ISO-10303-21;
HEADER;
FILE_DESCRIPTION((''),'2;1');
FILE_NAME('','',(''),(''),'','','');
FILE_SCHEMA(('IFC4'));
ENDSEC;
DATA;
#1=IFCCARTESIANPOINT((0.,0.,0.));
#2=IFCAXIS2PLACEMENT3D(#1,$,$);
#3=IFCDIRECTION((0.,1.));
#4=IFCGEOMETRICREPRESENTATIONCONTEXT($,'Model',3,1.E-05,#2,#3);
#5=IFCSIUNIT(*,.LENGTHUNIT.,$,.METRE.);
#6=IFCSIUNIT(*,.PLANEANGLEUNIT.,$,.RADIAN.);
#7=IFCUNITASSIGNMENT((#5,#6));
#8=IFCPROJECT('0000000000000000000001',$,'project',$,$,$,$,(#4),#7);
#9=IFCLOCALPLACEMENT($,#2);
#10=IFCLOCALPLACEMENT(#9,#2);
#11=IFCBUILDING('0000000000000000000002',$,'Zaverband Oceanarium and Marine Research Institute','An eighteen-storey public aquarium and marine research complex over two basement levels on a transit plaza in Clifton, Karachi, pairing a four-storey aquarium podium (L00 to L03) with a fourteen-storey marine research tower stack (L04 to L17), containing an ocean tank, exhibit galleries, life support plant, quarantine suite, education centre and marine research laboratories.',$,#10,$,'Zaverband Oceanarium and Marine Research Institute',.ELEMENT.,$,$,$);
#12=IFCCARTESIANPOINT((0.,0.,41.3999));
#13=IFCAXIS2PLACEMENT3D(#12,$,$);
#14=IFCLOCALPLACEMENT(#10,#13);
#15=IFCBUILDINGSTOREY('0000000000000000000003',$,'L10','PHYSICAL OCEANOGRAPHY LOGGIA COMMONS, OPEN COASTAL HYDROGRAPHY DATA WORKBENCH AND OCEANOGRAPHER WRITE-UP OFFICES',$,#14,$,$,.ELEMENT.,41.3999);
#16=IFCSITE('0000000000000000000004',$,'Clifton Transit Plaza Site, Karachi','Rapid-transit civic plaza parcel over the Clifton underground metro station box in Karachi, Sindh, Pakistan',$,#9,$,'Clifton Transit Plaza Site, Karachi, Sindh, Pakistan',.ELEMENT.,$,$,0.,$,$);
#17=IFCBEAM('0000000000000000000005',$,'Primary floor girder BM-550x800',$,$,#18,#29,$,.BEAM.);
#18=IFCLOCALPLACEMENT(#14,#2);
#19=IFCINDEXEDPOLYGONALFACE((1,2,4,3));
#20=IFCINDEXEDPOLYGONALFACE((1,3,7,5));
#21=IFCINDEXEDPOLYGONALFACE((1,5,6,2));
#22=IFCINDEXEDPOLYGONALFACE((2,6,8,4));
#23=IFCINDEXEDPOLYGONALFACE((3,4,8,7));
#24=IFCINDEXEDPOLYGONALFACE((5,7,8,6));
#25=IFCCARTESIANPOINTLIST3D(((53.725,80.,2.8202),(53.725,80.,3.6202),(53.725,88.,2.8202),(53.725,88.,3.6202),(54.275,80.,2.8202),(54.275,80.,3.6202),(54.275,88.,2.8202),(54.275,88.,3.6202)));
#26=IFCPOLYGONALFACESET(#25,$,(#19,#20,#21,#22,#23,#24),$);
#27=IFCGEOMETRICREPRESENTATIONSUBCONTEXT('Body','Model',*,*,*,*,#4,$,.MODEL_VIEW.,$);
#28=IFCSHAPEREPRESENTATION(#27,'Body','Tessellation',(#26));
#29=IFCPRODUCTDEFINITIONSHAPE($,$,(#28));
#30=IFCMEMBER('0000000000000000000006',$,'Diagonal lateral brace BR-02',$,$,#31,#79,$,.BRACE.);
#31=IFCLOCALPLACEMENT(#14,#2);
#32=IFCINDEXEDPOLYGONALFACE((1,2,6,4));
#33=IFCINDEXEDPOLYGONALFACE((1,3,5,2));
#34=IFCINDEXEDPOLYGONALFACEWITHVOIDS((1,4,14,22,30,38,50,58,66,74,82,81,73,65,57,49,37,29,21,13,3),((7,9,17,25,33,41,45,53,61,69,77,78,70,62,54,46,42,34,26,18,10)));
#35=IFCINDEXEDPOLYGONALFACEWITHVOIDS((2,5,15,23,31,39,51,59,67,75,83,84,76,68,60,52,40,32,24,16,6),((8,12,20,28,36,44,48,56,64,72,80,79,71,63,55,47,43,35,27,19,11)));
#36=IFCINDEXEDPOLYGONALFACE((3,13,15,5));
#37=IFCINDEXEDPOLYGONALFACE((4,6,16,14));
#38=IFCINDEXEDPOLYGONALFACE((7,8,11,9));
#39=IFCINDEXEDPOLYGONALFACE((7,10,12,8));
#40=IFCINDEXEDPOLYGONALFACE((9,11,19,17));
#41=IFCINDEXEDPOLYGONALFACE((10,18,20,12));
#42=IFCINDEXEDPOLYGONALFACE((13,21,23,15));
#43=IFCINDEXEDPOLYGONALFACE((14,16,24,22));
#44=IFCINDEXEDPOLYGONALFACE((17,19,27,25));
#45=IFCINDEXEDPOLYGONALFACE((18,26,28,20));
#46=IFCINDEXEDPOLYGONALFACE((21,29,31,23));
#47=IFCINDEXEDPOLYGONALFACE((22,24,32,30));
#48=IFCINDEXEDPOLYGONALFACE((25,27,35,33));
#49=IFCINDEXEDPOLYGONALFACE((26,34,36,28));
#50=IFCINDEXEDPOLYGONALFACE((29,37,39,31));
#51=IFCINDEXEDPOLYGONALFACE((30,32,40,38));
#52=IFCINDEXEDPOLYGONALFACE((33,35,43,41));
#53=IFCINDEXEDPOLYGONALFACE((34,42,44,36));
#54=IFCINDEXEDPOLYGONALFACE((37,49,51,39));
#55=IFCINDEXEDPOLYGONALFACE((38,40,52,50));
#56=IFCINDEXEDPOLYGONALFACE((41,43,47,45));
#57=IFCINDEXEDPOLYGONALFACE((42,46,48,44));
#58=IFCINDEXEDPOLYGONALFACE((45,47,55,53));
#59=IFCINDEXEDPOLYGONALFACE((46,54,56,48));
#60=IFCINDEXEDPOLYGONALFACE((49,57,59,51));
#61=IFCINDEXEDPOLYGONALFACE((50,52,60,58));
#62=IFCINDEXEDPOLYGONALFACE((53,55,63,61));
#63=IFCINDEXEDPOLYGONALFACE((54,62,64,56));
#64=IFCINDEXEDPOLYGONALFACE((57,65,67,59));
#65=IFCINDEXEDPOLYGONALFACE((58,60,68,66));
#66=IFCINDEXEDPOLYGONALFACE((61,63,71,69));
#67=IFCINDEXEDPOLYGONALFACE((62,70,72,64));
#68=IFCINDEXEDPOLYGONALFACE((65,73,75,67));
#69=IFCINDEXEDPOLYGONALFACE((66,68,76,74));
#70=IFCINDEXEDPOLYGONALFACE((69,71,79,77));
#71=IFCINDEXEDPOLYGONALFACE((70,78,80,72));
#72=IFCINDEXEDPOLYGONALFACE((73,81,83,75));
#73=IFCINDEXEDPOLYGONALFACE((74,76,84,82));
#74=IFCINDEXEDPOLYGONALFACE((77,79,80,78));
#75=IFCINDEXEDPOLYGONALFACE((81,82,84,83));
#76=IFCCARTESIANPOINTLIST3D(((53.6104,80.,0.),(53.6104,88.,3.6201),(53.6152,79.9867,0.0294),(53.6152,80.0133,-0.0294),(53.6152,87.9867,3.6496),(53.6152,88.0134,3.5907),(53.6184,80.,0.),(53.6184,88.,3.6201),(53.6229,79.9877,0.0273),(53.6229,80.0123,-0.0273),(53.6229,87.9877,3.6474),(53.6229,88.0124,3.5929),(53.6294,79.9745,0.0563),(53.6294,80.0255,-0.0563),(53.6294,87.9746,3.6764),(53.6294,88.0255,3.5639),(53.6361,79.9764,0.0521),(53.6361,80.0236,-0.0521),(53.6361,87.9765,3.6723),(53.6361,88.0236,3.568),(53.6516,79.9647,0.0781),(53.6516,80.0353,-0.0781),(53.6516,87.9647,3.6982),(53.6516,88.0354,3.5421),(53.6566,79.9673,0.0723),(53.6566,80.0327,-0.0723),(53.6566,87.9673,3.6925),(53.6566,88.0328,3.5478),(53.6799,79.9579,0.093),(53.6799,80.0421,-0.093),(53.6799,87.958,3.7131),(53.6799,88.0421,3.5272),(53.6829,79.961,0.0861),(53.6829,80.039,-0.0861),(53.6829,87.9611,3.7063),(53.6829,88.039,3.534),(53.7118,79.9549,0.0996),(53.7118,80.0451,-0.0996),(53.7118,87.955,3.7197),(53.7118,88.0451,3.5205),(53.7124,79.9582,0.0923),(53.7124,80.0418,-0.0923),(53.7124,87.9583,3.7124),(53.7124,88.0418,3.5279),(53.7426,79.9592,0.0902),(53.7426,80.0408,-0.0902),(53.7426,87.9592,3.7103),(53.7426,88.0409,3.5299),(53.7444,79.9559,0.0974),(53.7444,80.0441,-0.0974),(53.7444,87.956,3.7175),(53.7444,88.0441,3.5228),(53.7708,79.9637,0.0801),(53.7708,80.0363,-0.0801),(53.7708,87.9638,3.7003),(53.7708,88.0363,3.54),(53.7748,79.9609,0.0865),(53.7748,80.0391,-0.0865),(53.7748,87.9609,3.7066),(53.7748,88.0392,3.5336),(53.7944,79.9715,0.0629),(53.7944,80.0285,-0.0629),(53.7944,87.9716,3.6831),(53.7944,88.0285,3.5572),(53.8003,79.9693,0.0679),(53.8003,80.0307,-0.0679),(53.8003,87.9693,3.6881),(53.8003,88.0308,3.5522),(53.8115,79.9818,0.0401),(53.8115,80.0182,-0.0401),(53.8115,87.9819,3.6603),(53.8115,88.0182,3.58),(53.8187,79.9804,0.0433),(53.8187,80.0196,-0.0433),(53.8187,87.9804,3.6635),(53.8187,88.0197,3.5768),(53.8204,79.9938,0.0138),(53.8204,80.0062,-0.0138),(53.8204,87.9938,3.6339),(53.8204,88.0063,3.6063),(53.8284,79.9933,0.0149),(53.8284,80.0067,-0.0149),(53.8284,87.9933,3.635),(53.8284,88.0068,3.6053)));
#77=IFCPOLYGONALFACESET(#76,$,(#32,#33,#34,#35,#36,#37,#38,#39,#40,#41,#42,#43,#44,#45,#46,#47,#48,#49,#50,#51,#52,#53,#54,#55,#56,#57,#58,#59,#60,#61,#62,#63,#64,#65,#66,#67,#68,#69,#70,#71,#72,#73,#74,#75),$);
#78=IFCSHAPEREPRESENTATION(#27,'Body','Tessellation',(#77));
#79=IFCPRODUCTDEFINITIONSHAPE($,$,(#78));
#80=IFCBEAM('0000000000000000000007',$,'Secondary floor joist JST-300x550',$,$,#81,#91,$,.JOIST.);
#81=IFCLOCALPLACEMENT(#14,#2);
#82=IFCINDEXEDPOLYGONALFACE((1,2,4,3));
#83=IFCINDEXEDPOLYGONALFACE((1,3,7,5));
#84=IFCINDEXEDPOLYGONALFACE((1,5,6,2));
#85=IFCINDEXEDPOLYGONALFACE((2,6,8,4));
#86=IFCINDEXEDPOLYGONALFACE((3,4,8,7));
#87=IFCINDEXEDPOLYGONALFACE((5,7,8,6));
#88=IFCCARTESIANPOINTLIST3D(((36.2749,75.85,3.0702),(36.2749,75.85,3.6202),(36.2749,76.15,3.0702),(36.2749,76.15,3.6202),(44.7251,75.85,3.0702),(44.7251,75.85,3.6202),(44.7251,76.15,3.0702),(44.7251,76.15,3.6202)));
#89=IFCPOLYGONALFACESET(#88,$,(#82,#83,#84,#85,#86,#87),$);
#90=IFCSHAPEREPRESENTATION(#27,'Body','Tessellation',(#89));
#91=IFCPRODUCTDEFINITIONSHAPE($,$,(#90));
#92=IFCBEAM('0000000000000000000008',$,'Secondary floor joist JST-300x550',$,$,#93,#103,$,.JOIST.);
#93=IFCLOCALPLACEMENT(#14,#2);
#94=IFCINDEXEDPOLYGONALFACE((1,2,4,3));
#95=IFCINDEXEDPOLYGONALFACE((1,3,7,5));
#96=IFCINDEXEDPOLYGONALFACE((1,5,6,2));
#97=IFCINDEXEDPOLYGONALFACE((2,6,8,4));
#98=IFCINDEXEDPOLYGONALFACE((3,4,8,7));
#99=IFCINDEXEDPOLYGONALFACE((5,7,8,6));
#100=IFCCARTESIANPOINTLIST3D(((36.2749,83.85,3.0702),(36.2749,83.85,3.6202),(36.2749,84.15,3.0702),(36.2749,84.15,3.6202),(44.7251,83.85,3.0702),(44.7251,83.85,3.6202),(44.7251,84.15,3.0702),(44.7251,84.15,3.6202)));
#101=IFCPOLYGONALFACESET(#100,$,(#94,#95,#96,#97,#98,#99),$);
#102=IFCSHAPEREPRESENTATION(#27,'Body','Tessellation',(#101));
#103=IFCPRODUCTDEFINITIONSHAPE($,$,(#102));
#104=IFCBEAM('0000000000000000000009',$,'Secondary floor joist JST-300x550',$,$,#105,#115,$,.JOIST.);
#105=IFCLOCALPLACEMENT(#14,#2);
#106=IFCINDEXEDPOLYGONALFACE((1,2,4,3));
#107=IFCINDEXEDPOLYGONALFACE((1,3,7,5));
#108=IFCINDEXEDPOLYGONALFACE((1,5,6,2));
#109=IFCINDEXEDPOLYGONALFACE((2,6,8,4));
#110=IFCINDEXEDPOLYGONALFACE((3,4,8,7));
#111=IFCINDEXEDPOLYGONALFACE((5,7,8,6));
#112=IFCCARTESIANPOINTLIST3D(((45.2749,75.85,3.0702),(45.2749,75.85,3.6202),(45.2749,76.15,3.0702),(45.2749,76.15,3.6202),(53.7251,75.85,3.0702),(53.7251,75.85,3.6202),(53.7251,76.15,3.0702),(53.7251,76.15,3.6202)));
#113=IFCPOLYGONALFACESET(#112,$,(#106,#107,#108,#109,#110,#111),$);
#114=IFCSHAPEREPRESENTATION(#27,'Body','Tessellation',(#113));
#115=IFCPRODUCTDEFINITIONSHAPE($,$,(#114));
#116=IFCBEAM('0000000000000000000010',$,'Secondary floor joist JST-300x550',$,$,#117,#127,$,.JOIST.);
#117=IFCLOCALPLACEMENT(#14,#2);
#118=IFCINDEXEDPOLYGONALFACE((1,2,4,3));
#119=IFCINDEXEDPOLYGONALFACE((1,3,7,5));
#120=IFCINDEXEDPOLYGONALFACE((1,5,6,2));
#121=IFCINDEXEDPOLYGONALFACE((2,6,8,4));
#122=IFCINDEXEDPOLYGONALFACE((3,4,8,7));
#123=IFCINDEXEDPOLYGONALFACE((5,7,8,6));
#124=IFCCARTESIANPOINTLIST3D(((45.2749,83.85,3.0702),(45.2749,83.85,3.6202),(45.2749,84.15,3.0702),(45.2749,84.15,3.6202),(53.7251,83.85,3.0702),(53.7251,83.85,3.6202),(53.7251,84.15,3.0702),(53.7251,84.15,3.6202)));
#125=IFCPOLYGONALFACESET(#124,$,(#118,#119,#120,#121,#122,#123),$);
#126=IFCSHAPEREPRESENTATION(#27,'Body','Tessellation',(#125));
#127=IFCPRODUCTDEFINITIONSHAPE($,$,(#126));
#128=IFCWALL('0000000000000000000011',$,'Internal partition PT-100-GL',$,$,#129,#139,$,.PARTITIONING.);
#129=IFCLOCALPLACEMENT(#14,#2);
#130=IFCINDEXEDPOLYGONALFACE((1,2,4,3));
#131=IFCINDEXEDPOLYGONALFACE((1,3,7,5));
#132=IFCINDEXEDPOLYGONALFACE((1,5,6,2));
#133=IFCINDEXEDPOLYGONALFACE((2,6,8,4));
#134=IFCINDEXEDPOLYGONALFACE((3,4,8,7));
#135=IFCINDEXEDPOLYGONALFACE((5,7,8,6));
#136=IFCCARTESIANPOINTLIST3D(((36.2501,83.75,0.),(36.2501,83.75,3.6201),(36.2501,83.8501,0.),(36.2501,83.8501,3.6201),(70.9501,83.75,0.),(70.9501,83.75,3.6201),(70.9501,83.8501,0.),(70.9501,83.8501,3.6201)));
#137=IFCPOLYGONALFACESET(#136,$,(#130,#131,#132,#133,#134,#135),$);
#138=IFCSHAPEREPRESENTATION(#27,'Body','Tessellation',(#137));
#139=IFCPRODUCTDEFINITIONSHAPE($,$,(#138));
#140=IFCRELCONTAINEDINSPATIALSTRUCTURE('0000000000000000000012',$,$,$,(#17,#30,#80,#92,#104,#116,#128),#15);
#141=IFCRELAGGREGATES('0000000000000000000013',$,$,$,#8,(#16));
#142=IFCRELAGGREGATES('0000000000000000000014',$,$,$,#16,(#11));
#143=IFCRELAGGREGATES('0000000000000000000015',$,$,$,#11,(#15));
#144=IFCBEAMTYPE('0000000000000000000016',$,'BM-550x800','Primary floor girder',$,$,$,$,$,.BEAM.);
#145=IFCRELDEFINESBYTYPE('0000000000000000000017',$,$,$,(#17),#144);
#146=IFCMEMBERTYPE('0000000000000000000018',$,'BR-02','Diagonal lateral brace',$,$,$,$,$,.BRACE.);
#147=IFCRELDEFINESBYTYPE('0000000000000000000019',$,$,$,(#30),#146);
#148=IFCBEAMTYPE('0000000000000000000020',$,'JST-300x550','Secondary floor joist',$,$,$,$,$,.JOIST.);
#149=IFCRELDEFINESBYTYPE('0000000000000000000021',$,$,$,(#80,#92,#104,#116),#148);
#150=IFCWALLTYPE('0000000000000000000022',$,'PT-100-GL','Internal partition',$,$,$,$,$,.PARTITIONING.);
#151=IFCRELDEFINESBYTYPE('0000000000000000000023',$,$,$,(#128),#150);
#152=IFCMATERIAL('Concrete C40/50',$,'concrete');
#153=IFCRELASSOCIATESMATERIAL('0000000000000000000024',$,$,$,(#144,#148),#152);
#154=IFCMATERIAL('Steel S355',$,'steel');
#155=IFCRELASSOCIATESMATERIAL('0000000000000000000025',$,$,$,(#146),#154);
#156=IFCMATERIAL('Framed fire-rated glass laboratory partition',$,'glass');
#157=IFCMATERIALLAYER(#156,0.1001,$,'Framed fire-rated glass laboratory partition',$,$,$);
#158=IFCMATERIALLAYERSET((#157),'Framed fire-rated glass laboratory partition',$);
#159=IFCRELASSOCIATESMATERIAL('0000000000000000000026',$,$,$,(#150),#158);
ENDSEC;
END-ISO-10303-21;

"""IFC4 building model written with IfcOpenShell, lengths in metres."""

from ifc_helpers import new_model, si_unit, direction, frame, frame_2d, origin, origin_2d, place, context, subcontext, project, spatial, rectangle, hollow_circle, extrude, material, layer, layer_set, material_profile, profile_set, type_object, element, save


model = new_model("IFC4")

# Units and contexts
model_context = context("Model", 3, precision=1e-05, world=origin(), true_north=direction((0.0, 1.0)))
body_context = subcontext(model_context, "Body", "Model", "MODEL_VIEW")
ifc_project = project(units=[si_unit("LENGTHUNIT", "METRE"), si_unit("PLANEANGLEUNIT", "RADIAN")], contexts=[model_context])

# Site, building, storey
site_placement = place(None, origin())
site = spatial("IfcSite", under=ifc_project, at=site_placement, Name="Clifton Transit Plaza Site, Karachi", Description="Rapid-transit civic plaza parcel over the Clifton underground metro station box in Karachi, Sindh, Pakistan", LongName="Clifton Transit Plaza Site, Karachi, Sindh, Pakistan", CompositionType="ELEMENT", RefElevation=0.0)
building_placement = place(site_placement, origin())
building = spatial("IfcBuilding", under=site, at=building_placement, Name="Zaverband Oceanarium and Marine Research Institute", Description="An eighteen-storey public aquarium and marine research complex over two basement levels on a transit plaza in Clifton, Karachi, pairing a four-storey aquarium podium (L00 to L03) with a fourteen-storey marine research tower stack (L04 to L17), containing an ocean tank, exhibit galleries, life support plant, quarantine suite, education centre and marine research laboratories.", LongName="Zaverband Oceanarium and Marine Research Institute", CompositionType="ELEMENT")
storey_placement = place(building_placement, frame((0.0, 0.0, 41.3999)))
storey = spatial("IfcBuildingStorey", under=building, at=storey_placement, Name="L10", Description="PHYSICAL OCEANOGRAPHY LOGGIA COMMONS, OPEN COASTAL HYDROGRAPHY DATA WORKBENCH AND OCEANOGRAPHER WRITE-UP OFFICES", CompositionType="ELEMENT", Elevation=41.3999)

# Beam
ifc_material_1 = material(Name="Concrete C40/50", Category="concrete")
ifc_material_profile_1 = material_profile(ifc_material_1, rectangle(XDim=0.55, YDim=0.8, at=origin_2d()), Name="RC550x800")
ifc_profile_set_1 = profile_set([ifc_material_profile_1], Name="Concrete C40/50")
beam_type_1 = type_object("IfcBeamType", Name="BM-550x800", Description="Primary floor girder", PredefinedType="BEAM", material=ifc_profile_set_1)
for number, where, z_axis, x_axis, name in (
    (1, (54.0, 80.0, 3.2202), (0.0, 1.0, 0.0), (-1.0, 0.0, 0.0), "Primary floor girder BM-550x800"),
):
    element("IfcBeam", number, at=place(storey_placement, frame(where, z_axis=z_axis, x_axis=x_axis)), inside=storey, type_object=beam_type_1, Name=name, PredefinedType="BEAM", context=body_context, shape_type="SweptSolid", body=[
        extrude(rectangle(XDim=0.55, YDim=0.8, at=origin_2d()), origin(), (0.0, 0.0, 1.0), 8.0),
    ])

# Member
ifc_material_2 = material(Name="Steel S355", Category="steel")
ifc_material_profile_2 = material_profile(ifc_material_2, hollow_circle(Radius=0.1096, WallThickness=0.0081, at=origin_2d()), Name="CHS219x8")
ifc_profile_set_2 = profile_set([ifc_material_profile_2], Name="Steel S355")
member_type = type_object("IfcMemberType", Name="BR-02", Description="Diagonal lateral brace", PredefinedType="BRACE", material=ifc_profile_set_2)
member_placement = place(storey_placement, frame((53.72, 80.0, 0.0), z_axis=(0.0, 0.911062, 0.412269), x_axis=(-1.0, 0.0, 0.0)))
element("IfcMember", 2, at=member_placement, inside=storey, type_object=member_type, Name="Diagonal lateral brace BR-02", PredefinedType="BRACE", context=body_context, shape_type="SweptSolid", body=[
    extrude(hollow_circle(Radius=0.1096, WallThickness=0.0081, at=origin_2d()), origin(), (0.0, 0.0, 1.0), 8.781),
])

# Beams
ifc_material_profile_3 = material_profile(ifc_material_1, rectangle(XDim=0.3, YDim=0.55, at=origin_2d()), Name="RC300x550")
ifc_profile_set_3 = profile_set([ifc_material_profile_3], Name="Concrete C40/50")
beam_type_2 = type_object("IfcBeamType", Name="JST-300x550", Description="Secondary floor joist", PredefinedType="JOIST", material=ifc_profile_set_3)
for number, where, z_axis, x_axis, name in (
    (3, (36.2749, 76.0, 3.3452), (1.0, 0.0, 0.0), (0.0, 1.0, 0.0), "Secondary floor joist JST-300x550"),
    (4, (36.2749, 84.0, 3.3452), (1.0, 0.0, 0.0), (0.0, 1.0, 0.0), "Secondary floor joist JST-300x550"),
    (5, (45.2749, 76.0, 3.3452), (1.0, 0.0, 0.0), (0.0, 1.0, 0.0), "Secondary floor joist JST-300x550"),
    (6, (45.2749, 84.0, 3.3452), (1.0, 0.0, 0.0), (0.0, 1.0, 0.0), "Secondary floor joist JST-300x550"),
):
    element("IfcBeam", number, at=place(storey_placement, frame(where, z_axis=z_axis, x_axis=x_axis)), inside=storey, type_object=beam_type_2, Name=name, PredefinedType="JOIST", context=body_context, shape_type="SweptSolid", body=[
        extrude(rectangle(XDim=0.3, YDim=0.55, at=origin_2d()), origin(), (0.0, 0.0, 1.0), 8.4502),
    ])

# Wall
ifc_material_3 = material(Name="Framed fire-rated glass laboratory partition", Category="glass")
ifc_layer = layer(ifc_material_3, 0.1001, Name="Framed fire-rated glass laboratory partition")
ifc_layer_set = layer_set([ifc_layer], Name="Framed fire-rated glass laboratory partition")
wall_type = type_object("IfcWallType", Name="PT-100-GL", Description="Internal partition", PredefinedType="PARTITIONING", material=ifc_layer_set)
wall_placement = place(storey_placement, frame((36.25, 83.8, 0.0), z_axis=(0.0, 0.0, 1.0), x_axis=(1.0, 0.0, 0.0)))
element("IfcWall", 7, at=wall_placement, inside=storey, type_object=wall_type, Name="Internal partition PT-100-GL", PredefinedType="PARTITIONING", context=body_context, shape_type="SweptSolid", body=[
    extrude(rectangle(XDim=34.7, YDim=0.1001, at=frame_2d((17.3501, 0.0))), origin(), (0.0, 0.0, 1.0), 3.6201),
])

save(model, "model.ifc")
